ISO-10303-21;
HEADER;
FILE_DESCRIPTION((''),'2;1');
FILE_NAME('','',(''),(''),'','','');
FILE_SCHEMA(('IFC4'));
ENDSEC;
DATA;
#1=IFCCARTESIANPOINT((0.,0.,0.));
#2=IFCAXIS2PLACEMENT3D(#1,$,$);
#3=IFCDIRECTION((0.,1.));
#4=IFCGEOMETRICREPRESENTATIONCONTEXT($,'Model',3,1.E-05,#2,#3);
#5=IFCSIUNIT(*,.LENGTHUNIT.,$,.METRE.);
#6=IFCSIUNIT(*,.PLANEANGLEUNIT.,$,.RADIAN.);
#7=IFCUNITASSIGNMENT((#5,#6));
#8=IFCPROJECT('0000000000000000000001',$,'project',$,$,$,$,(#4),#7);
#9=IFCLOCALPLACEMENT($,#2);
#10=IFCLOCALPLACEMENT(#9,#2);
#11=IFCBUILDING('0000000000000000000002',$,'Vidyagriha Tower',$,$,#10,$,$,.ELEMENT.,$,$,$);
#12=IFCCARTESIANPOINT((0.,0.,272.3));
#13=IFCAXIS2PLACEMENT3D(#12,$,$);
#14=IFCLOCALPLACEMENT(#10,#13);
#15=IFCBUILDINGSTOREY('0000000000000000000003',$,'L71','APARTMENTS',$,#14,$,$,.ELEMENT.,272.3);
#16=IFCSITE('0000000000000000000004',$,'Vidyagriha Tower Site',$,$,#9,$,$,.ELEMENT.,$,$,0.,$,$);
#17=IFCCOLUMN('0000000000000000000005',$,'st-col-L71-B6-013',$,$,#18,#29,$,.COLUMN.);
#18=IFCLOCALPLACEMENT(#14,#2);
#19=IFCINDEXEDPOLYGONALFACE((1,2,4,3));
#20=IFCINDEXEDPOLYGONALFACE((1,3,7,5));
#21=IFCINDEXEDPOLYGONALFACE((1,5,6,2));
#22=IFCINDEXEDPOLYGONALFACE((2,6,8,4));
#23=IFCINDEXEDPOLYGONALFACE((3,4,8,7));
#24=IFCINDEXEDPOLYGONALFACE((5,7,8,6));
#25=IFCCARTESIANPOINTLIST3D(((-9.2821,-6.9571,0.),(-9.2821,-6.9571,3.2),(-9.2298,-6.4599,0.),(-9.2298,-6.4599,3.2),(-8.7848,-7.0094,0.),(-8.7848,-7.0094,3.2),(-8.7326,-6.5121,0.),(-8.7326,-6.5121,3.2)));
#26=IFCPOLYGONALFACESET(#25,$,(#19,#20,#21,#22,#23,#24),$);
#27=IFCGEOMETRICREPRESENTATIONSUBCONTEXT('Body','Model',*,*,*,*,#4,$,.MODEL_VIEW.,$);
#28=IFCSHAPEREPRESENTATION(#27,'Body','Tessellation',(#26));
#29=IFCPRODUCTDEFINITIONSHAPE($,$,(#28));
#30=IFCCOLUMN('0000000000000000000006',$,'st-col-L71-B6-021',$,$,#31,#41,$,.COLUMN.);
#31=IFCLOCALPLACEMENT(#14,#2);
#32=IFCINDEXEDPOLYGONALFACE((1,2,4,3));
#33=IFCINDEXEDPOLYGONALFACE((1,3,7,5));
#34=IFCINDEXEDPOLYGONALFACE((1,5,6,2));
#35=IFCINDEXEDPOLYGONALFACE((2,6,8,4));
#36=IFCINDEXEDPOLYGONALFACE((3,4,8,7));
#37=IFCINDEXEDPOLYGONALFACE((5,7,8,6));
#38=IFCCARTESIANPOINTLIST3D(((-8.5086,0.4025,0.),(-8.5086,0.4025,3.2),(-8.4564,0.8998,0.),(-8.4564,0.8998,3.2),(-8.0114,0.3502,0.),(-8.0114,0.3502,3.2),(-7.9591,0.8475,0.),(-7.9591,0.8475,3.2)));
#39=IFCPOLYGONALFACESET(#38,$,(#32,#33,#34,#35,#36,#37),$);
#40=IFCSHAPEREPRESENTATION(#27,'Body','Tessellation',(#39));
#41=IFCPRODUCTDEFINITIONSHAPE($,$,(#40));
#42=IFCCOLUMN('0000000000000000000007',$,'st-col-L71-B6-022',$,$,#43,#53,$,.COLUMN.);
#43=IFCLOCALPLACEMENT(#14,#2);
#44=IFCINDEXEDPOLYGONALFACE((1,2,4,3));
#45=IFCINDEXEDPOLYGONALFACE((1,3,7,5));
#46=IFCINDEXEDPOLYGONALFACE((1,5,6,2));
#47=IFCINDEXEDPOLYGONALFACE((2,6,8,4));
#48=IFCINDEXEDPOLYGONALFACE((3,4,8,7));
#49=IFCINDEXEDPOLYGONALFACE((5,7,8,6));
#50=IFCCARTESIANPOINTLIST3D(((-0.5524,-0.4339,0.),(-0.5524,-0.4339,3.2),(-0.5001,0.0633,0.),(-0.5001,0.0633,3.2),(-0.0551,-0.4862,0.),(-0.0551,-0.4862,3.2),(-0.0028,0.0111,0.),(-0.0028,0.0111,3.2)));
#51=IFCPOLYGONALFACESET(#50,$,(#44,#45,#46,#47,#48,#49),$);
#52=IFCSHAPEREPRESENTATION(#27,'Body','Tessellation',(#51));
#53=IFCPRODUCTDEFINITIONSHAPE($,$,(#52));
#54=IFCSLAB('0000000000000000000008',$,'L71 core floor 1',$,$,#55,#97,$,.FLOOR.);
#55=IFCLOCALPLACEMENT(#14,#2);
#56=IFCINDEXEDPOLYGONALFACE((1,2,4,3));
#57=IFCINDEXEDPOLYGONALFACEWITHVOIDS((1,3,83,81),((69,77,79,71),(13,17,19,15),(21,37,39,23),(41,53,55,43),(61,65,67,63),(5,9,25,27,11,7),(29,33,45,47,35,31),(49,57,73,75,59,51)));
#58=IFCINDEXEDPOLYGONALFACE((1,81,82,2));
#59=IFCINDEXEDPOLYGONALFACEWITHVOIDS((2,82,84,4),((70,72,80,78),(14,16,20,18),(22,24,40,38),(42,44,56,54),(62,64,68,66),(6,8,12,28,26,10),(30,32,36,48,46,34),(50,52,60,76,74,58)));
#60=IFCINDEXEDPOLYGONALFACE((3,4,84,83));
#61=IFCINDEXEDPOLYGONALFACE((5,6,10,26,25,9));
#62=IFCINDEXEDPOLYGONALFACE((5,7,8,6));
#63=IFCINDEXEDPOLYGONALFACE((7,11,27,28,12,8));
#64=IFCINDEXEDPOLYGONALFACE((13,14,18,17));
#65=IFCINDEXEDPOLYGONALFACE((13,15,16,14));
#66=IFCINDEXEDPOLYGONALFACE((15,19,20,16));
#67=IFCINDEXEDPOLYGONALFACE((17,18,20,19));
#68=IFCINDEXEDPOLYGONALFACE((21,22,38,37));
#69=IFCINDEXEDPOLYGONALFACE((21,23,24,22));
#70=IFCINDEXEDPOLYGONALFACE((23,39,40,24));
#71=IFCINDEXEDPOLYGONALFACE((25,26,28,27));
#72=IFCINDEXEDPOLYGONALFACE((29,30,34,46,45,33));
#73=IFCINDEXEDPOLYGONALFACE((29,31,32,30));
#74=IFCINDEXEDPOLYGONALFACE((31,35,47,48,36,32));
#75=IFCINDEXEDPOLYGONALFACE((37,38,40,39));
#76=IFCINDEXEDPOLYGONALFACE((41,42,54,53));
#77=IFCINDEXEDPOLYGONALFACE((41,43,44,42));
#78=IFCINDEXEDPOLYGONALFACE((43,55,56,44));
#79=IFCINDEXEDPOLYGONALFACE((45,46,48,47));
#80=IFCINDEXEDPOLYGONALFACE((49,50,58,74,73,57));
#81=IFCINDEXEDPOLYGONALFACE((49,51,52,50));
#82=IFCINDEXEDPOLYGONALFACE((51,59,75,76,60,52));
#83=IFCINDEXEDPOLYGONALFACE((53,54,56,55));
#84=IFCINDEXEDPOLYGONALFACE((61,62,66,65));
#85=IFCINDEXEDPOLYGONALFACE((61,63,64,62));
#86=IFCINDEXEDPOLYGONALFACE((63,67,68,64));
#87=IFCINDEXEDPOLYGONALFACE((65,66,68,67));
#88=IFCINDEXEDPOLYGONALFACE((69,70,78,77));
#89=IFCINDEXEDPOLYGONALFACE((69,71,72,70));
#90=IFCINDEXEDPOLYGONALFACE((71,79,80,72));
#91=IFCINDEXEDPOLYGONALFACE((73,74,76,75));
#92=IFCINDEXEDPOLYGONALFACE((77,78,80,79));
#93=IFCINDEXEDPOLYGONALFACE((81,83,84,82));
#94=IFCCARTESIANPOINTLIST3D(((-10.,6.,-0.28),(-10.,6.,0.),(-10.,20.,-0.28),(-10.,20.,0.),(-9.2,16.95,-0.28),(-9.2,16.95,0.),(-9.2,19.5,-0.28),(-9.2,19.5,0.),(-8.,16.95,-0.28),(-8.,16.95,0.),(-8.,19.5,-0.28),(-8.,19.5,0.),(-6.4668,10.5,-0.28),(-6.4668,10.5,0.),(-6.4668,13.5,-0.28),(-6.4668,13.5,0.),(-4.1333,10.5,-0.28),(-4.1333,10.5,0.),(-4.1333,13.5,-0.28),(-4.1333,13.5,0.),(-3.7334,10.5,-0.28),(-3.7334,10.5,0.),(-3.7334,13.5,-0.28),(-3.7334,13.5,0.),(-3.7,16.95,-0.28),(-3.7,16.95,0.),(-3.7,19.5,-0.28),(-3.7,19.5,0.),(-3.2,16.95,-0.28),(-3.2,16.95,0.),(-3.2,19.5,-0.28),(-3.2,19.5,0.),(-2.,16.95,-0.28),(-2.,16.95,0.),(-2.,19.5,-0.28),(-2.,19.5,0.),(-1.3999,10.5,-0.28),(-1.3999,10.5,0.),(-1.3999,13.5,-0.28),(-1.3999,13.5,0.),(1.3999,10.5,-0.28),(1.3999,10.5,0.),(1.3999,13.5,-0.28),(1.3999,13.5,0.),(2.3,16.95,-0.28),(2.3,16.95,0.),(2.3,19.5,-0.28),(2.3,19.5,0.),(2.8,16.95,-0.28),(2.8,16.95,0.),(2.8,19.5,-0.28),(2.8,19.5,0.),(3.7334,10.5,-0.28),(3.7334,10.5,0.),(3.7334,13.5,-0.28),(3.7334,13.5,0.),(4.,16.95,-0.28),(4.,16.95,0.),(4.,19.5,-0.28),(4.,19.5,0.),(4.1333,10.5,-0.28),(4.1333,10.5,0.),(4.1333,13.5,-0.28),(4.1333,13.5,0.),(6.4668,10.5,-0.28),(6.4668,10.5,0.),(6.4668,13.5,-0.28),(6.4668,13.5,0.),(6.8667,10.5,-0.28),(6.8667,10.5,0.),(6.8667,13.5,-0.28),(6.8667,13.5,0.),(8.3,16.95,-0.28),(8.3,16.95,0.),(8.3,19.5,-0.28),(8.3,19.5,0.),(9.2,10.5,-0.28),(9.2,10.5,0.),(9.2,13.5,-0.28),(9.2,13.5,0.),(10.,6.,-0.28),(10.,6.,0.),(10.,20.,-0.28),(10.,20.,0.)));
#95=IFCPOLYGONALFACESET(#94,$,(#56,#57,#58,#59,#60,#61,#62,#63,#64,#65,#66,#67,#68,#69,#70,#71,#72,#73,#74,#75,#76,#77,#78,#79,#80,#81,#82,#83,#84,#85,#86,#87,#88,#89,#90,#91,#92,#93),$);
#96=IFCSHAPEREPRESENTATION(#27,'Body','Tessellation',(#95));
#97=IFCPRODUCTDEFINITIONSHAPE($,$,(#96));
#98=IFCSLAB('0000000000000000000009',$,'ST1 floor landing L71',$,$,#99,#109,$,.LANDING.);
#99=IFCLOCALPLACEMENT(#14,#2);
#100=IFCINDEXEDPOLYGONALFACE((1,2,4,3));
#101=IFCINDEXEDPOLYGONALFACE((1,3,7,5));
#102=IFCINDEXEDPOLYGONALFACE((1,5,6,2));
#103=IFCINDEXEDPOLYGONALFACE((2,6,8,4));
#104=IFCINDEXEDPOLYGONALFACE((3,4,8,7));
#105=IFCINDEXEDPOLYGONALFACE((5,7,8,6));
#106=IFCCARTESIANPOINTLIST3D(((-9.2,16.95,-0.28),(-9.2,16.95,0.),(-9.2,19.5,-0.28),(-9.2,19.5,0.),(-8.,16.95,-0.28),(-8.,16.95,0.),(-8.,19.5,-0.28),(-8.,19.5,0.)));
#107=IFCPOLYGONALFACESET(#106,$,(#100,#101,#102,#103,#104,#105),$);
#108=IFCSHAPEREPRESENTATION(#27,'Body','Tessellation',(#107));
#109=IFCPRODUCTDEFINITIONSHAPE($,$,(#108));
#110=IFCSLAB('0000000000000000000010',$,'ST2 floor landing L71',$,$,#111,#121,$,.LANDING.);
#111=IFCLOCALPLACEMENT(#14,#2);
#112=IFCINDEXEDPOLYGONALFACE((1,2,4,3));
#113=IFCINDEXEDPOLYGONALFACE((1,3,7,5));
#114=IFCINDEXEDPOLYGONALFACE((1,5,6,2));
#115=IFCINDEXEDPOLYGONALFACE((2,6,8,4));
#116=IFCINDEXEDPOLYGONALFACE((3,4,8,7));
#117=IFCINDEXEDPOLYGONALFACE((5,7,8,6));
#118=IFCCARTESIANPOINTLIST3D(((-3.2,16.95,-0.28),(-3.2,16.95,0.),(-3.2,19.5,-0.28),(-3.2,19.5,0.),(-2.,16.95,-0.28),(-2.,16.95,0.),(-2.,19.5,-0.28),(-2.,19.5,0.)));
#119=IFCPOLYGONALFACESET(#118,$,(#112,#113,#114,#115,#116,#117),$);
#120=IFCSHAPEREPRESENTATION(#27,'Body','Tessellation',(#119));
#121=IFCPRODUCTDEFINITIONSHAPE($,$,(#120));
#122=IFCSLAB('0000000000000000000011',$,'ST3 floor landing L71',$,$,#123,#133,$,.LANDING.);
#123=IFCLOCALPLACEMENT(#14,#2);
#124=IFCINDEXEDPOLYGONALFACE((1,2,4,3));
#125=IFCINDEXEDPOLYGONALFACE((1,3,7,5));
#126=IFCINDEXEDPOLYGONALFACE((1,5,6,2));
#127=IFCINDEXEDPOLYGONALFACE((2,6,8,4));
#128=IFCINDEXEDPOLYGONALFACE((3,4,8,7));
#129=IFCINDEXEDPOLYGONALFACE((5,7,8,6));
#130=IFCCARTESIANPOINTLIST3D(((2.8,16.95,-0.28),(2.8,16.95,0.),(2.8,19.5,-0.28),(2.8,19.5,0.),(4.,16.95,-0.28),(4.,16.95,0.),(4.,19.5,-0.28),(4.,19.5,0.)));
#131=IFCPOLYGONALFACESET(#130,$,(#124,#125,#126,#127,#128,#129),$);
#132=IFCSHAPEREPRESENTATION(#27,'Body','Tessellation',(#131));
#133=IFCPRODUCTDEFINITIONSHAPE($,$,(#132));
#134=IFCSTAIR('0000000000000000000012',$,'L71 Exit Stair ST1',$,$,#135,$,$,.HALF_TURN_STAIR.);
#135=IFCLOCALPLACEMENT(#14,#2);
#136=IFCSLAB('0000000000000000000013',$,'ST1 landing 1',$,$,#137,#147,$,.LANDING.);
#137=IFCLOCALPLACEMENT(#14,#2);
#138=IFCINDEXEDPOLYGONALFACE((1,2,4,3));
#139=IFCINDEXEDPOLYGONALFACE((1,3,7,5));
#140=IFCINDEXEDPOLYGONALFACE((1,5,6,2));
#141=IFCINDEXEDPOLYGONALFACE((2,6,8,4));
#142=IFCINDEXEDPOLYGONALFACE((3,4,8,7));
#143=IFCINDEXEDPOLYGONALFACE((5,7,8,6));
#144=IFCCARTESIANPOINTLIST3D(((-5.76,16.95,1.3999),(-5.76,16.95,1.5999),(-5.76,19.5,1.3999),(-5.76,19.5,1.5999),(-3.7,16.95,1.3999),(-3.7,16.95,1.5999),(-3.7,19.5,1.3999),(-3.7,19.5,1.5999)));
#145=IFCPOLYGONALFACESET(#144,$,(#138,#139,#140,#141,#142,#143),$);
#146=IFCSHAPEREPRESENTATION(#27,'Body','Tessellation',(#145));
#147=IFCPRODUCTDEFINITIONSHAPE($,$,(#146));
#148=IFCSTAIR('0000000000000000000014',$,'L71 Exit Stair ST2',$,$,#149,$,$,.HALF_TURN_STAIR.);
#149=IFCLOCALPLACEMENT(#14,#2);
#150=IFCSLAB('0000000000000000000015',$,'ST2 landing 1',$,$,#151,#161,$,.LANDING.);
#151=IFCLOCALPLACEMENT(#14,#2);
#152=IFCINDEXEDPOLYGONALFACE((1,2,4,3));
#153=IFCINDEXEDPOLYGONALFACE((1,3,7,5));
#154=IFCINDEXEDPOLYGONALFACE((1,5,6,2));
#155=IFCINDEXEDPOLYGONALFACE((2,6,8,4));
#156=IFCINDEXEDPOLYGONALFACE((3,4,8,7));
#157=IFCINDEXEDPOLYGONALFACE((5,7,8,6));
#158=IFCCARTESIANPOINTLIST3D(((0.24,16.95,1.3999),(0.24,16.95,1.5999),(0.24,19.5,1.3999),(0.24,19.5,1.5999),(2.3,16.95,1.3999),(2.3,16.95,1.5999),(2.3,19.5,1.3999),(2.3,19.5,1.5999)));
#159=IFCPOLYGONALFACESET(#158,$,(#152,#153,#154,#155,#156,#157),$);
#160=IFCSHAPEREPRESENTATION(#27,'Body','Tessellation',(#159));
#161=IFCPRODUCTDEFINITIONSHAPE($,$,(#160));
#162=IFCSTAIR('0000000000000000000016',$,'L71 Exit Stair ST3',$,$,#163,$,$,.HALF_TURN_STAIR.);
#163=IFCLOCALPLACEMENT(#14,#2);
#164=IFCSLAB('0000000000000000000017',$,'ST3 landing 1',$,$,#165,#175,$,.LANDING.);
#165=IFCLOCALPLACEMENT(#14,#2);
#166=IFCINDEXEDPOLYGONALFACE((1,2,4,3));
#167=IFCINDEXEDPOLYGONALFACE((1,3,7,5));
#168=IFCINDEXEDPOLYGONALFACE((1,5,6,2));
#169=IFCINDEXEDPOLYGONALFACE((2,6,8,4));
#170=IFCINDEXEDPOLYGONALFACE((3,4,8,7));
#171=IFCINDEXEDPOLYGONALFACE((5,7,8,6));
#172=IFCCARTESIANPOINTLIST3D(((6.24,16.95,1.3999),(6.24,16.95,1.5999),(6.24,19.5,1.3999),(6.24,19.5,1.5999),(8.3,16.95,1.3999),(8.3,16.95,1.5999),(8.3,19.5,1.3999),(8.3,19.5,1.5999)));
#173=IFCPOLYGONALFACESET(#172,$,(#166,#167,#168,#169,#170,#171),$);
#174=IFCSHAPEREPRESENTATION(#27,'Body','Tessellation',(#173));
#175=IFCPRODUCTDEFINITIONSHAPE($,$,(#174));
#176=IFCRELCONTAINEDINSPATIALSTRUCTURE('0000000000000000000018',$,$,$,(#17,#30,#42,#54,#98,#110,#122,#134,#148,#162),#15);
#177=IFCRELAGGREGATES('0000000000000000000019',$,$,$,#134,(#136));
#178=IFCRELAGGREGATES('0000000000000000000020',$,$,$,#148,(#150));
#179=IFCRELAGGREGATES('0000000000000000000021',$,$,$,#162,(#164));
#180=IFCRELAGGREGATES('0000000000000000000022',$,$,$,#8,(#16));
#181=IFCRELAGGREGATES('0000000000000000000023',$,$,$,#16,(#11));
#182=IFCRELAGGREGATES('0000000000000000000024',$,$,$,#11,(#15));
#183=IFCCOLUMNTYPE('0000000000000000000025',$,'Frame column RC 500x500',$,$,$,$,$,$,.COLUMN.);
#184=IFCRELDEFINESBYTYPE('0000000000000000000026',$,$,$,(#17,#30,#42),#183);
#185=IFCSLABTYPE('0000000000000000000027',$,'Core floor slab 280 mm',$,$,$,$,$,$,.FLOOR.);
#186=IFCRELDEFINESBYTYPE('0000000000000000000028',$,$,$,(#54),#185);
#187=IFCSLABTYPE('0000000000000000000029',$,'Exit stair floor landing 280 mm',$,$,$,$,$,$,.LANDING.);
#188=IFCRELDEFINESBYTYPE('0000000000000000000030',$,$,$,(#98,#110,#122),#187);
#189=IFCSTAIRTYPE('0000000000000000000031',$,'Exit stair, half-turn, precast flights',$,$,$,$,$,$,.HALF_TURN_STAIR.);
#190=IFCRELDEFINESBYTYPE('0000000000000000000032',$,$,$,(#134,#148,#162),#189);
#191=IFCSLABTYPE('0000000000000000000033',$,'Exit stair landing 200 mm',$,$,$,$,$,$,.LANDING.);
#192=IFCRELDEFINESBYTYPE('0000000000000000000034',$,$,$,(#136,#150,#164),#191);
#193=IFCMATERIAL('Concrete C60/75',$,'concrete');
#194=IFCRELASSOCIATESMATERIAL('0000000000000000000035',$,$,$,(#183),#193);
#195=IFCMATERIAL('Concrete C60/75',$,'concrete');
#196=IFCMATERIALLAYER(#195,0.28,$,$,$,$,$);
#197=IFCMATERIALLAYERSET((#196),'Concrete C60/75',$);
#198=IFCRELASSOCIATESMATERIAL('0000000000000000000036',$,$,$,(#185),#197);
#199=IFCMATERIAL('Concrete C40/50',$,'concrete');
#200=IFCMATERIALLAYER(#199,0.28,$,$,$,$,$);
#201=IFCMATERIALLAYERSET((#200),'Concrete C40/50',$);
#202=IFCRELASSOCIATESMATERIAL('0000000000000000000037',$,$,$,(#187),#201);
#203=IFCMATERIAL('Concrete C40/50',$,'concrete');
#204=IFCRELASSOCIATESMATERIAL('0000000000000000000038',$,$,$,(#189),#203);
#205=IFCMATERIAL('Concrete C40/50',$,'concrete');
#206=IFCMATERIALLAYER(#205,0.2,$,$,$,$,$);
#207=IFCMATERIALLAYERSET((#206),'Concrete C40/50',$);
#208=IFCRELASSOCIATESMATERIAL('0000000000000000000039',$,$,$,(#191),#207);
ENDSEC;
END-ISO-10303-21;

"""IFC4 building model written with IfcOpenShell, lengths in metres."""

from ifc_helpers import new_model, si_unit, direction, frame, origin, origin_2d, place, context, subcontext, project, spatial, polyline, rectangle, outline, extrude, material, layer, layer_set, material_profile, profile_set, type_object, element, aggregate, save


model = new_model("IFC4")

# Units and contexts
model_context = context("Model", 3, precision=1e-05, world=origin(), true_north=direction((0.0, 1.0)))
body_context = subcontext(model_context, "Body", "Model", "MODEL_VIEW")
ifc_project = project(units=[si_unit("LENGTHUNIT", "METRE"), si_unit("PLANEANGLEUNIT", "RADIAN")], contexts=[model_context])

# Site, building, storey
site_placement = place(None, origin())
site = spatial("IfcSite", under=ifc_project, at=site_placement, Name="Vidyagriha Tower Site", CompositionType="ELEMENT", RefElevation=0.0)
building_placement = place(site_placement, origin())
building = spatial("IfcBuilding", under=site, at=building_placement, Name="Vidyagriha Tower", CompositionType="ELEMENT")
storey_placement = place(building_placement, frame((0.0, 0.0, 272.3)))
storey = spatial("IfcBuildingStorey", under=building, at=storey_placement, Name="L71", Description="APARTMENTS", CompositionType="ELEMENT", Elevation=272.3)

# Columns
ifc_material_1 = material(Name="Concrete C60/75", Category="concrete")
ifc_material_profile = material_profile(ifc_material_1, rectangle(XDim=0.5, YDim=0.5, at=origin_2d()), Name="RC 500x500")
ifc_profile_set = profile_set([ifc_material_profile], Name="Concrete C60/75")
column_type = type_object("IfcColumnType", Name="Frame column RC 500x500", PredefinedType="COLUMN", material=ifc_profile_set)
for number, where, z_axis, x_axis, name in (
    (1, (-9.0073, -6.7346, 0.0), (0.0, 0.0, 1.0), (0.994522, -0.104528, 0.0), "st-col-L71-B6-013"),
    (2, (-8.2339, 0.625, 0.0), (0.0, 0.0, 1.0), (0.994522, -0.104528, 0.0), "st-col-L71-B6-021"),
    (3, (-0.2776, -0.2114, 0.0), (0.0, 0.0, 1.0), (0.994522, -0.104528, 0.0), "st-col-L71-B6-022"),
):
    element("IfcColumn", number, at=place(storey_placement, frame(where, z_axis=z_axis, x_axis=x_axis)), inside=storey, type_object=column_type, Name=name, PredefinedType="COLUMN", context=body_context, shape_type="SweptSolid", body=[
        extrude(rectangle(XDim=0.5, YDim=0.5, at=origin_2d()), origin(), (0.0, 0.0, 1.0), 3.2),
    ])

# Slabs
ifc_material_2 = material(Name="Concrete C60/75", Category="concrete")
ifc_layer_1 = layer(ifc_material_2, 0.28)
ifc_layer_set_1 = layer_set([ifc_layer_1], Name="Concrete C60/75")
slab_type_1 = type_object("IfcSlabType", Name="Core floor slab 280 mm", PredefinedType="FLOOR", material=ifc_layer_set_1)
slab_1_placement = place(storey_placement, frame((0.0, 0.0, -0.28)))
element("IfcSlab", 4, at=slab_1_placement, inside=storey, type_object=slab_type_1, Name="L71 core floor 1", PredefinedType="FLOOR", context=body_context, shape_type="SweptSolid", body=[
    extrude(outline(polyline([(-10.0, 6.0), (-10.0, 20.0), (10.0, 20.0), (10.0, 6.0), (-10.0, 6.0)]), holes=[polyline([(6.8667, 13.5), (6.8667, 10.5), (9.2, 10.5), (9.2, 13.5), (6.8667, 13.5)]), polyline([(4.0, 19.5), (2.8, 19.5), (2.8, 16.95), (4.0, 16.95), (8.3, 16.95), (8.3, 19.5), (4.0, 19.5)]), polyline([(6.4668, 13.5), (4.1333, 13.5), (4.1333, 10.5), (6.4668, 10.5), (6.4668, 13.5)]), polyline([(3.7334, 13.5), (1.3999, 13.5), (1.3999, 10.5), (3.7334, 10.5), (3.7334, 13.5)]), polyline([(-2.0, 16.95), (2.3, 16.95), (2.3, 19.5), (-2.0, 19.5), (-3.2, 19.5), (-3.2, 16.95), (-2.0, 16.95)]), polyline([(-3.7334, 13.5), (-3.7334, 10.5), (-1.3999, 10.5), (-1.3999, 13.5), (-3.7334, 13.5)]), polyline([(-9.2, 19.5), (-9.2, 16.95), (-8.0, 16.95), (-3.7, 16.95), (-3.7, 19.5), (-8.0, 19.5), (-9.2, 19.5)]), polyline([(-6.4668, 13.5), (-6.4668, 10.5), (-4.1333, 10.5), (-4.1333, 13.5), (-6.4668, 13.5)])]), origin(), (0.0, 0.0, 1.0), 0.28),
])
ifc_material_3 = material(Name="Concrete C40/50", Category="concrete")
ifc_layer_2 = layer(ifc_material_3, 0.28)
ifc_layer_set_2 = layer_set([ifc_layer_2], Name="Concrete C40/50")
slab_type_2 = type_object("IfcSlabType", Name="Exit stair floor landing 280 mm", PredefinedType="LANDING", material=ifc_layer_set_2)
slab_2_placement = place(storey_placement, frame((0.0, 0.0, -0.28)))
element("IfcSlab", 5, at=slab_2_placement, inside=storey, type_object=slab_type_2, Name="ST1 floor landing L71", PredefinedType="LANDING", context=body_context, shape_type="SweptSolid", body=[
    extrude(outline(polyline([(-9.2, 16.95), (-8.0, 16.95), (-8.0, 19.5), (-9.2, 19.5), (-9.2, 16.95)])), origin(), (0.0, 0.0, 1.0), 0.28),
])
slab_3_placement = place(storey_placement, frame((0.0, 0.0, -0.28)))
element("IfcSlab", 6, at=slab_3_placement, inside=storey, type_object=slab_type_2, Name="ST2 floor landing L71", PredefinedType="LANDING", context=body_context, shape_type="SweptSolid", body=[
    extrude(outline(polyline([(-3.2, 16.95), (-2.0, 16.95), (-2.0, 19.5), (-3.2, 19.5), (-3.2, 16.95)])), origin(), (0.0, 0.0, 1.0), 0.28),
])
slab_4_placement = place(storey_placement, frame((0.0, 0.0, -0.28)))
element("IfcSlab", 7, at=slab_4_placement, inside=storey, type_object=slab_type_2, Name="ST3 floor landing L71", PredefinedType="LANDING", context=body_context, shape_type="SweptSolid", body=[
    extrude(outline(polyline([(2.8, 16.95), (4.0, 16.95), (4.0, 19.5), (2.8, 19.5), (2.8, 16.95)])), origin(), (0.0, 0.0, 1.0), 0.28),
])

# Stairs, slabs
ifc_material_4 = material(Name="Concrete C40/50", Category="concrete")
stair_type = type_object("IfcStairType", Name="Exit stair, half-turn, precast flights", PredefinedType="HALF_TURN_STAIR", material=ifc_material_4)
stair_1_placement = place(storey_placement, origin())
stair_1 = element("IfcStair", 8, at=stair_1_placement, inside=storey, type_object=stair_type, Name="L71 Exit Stair ST1", PredefinedType="HALF_TURN_STAIR")
ifc_material_5 = material(Name="Concrete C40/50", Category="concrete")
ifc_layer_3 = layer(ifc_material_5, 0.2)
ifc_layer_set_3 = layer_set([ifc_layer_3], Name="Concrete C40/50")
slab_type_3 = type_object("IfcSlabType", Name="Exit stair landing 200 mm", PredefinedType="LANDING", material=ifc_layer_set_3)
slab_5_placement = place(storey_placement, frame((0.0, 0.0, 1.3999)))
slab_5 = element("IfcSlab", 9, at=slab_5_placement, type_object=slab_type_3, Name="ST1 landing 1", PredefinedType="LANDING", context=body_context, shape_type="SweptSolid", body=[
    extrude(outline(polyline([(-5.76, 16.95), (-3.7, 16.95), (-3.7, 19.5), (-5.76, 19.5), (-5.76, 16.95)])), origin(), (0.0, 0.0, 1.0), 0.2),
])
aggregate(stair_1, [slab_5])
stair_2_placement = place(storey_placement, origin())
stair_2 = element("IfcStair", 10, at=stair_2_placement, inside=storey, type_object=stair_type, Name="L71 Exit Stair ST2", PredefinedType="HALF_TURN_STAIR")
slab_6_placement = place(storey_placement, frame((0.0, 0.0, 1.3999)))
slab_6 = element("IfcSlab", 11, at=slab_6_placement, type_object=slab_type_3, Name="ST2 landing 1", PredefinedType="LANDING", context=body_context, shape_type="SweptSolid", body=[
    extrude(outline(polyline([(0.24, 16.95), (2.3, 16.95), (2.3, 19.5), (0.24, 19.5), (0.24, 16.95)])), origin(), (0.0, 0.0, 1.0), 0.2),
])
aggregate(stair_2, [slab_6])
stair_3_placement = place(storey_placement, origin())
stair_3 = element("IfcStair", 12, at=stair_3_placement, inside=storey, type_object=stair_type, Name="L71 Exit Stair ST3", PredefinedType="HALF_TURN_STAIR")
slab_7_placement = place(storey_placement, frame((0.0, 0.0, 1.3999)))
slab_7 = element("IfcSlab", 13, at=slab_7_placement, type_object=slab_type_3, Name="ST3 landing 1", PredefinedType="LANDING", context=body_context, shape_type="SweptSolid", body=[
    extrude(outline(polyline([(6.24, 16.95), (8.3, 16.95), (8.3, 19.5), (6.24, 19.5), (6.24, 16.95)])), origin(), (0.0, 0.0, 1.0), 0.2),
])
aggregate(stair_3, [slab_7])

save(model, "model.ifc")
